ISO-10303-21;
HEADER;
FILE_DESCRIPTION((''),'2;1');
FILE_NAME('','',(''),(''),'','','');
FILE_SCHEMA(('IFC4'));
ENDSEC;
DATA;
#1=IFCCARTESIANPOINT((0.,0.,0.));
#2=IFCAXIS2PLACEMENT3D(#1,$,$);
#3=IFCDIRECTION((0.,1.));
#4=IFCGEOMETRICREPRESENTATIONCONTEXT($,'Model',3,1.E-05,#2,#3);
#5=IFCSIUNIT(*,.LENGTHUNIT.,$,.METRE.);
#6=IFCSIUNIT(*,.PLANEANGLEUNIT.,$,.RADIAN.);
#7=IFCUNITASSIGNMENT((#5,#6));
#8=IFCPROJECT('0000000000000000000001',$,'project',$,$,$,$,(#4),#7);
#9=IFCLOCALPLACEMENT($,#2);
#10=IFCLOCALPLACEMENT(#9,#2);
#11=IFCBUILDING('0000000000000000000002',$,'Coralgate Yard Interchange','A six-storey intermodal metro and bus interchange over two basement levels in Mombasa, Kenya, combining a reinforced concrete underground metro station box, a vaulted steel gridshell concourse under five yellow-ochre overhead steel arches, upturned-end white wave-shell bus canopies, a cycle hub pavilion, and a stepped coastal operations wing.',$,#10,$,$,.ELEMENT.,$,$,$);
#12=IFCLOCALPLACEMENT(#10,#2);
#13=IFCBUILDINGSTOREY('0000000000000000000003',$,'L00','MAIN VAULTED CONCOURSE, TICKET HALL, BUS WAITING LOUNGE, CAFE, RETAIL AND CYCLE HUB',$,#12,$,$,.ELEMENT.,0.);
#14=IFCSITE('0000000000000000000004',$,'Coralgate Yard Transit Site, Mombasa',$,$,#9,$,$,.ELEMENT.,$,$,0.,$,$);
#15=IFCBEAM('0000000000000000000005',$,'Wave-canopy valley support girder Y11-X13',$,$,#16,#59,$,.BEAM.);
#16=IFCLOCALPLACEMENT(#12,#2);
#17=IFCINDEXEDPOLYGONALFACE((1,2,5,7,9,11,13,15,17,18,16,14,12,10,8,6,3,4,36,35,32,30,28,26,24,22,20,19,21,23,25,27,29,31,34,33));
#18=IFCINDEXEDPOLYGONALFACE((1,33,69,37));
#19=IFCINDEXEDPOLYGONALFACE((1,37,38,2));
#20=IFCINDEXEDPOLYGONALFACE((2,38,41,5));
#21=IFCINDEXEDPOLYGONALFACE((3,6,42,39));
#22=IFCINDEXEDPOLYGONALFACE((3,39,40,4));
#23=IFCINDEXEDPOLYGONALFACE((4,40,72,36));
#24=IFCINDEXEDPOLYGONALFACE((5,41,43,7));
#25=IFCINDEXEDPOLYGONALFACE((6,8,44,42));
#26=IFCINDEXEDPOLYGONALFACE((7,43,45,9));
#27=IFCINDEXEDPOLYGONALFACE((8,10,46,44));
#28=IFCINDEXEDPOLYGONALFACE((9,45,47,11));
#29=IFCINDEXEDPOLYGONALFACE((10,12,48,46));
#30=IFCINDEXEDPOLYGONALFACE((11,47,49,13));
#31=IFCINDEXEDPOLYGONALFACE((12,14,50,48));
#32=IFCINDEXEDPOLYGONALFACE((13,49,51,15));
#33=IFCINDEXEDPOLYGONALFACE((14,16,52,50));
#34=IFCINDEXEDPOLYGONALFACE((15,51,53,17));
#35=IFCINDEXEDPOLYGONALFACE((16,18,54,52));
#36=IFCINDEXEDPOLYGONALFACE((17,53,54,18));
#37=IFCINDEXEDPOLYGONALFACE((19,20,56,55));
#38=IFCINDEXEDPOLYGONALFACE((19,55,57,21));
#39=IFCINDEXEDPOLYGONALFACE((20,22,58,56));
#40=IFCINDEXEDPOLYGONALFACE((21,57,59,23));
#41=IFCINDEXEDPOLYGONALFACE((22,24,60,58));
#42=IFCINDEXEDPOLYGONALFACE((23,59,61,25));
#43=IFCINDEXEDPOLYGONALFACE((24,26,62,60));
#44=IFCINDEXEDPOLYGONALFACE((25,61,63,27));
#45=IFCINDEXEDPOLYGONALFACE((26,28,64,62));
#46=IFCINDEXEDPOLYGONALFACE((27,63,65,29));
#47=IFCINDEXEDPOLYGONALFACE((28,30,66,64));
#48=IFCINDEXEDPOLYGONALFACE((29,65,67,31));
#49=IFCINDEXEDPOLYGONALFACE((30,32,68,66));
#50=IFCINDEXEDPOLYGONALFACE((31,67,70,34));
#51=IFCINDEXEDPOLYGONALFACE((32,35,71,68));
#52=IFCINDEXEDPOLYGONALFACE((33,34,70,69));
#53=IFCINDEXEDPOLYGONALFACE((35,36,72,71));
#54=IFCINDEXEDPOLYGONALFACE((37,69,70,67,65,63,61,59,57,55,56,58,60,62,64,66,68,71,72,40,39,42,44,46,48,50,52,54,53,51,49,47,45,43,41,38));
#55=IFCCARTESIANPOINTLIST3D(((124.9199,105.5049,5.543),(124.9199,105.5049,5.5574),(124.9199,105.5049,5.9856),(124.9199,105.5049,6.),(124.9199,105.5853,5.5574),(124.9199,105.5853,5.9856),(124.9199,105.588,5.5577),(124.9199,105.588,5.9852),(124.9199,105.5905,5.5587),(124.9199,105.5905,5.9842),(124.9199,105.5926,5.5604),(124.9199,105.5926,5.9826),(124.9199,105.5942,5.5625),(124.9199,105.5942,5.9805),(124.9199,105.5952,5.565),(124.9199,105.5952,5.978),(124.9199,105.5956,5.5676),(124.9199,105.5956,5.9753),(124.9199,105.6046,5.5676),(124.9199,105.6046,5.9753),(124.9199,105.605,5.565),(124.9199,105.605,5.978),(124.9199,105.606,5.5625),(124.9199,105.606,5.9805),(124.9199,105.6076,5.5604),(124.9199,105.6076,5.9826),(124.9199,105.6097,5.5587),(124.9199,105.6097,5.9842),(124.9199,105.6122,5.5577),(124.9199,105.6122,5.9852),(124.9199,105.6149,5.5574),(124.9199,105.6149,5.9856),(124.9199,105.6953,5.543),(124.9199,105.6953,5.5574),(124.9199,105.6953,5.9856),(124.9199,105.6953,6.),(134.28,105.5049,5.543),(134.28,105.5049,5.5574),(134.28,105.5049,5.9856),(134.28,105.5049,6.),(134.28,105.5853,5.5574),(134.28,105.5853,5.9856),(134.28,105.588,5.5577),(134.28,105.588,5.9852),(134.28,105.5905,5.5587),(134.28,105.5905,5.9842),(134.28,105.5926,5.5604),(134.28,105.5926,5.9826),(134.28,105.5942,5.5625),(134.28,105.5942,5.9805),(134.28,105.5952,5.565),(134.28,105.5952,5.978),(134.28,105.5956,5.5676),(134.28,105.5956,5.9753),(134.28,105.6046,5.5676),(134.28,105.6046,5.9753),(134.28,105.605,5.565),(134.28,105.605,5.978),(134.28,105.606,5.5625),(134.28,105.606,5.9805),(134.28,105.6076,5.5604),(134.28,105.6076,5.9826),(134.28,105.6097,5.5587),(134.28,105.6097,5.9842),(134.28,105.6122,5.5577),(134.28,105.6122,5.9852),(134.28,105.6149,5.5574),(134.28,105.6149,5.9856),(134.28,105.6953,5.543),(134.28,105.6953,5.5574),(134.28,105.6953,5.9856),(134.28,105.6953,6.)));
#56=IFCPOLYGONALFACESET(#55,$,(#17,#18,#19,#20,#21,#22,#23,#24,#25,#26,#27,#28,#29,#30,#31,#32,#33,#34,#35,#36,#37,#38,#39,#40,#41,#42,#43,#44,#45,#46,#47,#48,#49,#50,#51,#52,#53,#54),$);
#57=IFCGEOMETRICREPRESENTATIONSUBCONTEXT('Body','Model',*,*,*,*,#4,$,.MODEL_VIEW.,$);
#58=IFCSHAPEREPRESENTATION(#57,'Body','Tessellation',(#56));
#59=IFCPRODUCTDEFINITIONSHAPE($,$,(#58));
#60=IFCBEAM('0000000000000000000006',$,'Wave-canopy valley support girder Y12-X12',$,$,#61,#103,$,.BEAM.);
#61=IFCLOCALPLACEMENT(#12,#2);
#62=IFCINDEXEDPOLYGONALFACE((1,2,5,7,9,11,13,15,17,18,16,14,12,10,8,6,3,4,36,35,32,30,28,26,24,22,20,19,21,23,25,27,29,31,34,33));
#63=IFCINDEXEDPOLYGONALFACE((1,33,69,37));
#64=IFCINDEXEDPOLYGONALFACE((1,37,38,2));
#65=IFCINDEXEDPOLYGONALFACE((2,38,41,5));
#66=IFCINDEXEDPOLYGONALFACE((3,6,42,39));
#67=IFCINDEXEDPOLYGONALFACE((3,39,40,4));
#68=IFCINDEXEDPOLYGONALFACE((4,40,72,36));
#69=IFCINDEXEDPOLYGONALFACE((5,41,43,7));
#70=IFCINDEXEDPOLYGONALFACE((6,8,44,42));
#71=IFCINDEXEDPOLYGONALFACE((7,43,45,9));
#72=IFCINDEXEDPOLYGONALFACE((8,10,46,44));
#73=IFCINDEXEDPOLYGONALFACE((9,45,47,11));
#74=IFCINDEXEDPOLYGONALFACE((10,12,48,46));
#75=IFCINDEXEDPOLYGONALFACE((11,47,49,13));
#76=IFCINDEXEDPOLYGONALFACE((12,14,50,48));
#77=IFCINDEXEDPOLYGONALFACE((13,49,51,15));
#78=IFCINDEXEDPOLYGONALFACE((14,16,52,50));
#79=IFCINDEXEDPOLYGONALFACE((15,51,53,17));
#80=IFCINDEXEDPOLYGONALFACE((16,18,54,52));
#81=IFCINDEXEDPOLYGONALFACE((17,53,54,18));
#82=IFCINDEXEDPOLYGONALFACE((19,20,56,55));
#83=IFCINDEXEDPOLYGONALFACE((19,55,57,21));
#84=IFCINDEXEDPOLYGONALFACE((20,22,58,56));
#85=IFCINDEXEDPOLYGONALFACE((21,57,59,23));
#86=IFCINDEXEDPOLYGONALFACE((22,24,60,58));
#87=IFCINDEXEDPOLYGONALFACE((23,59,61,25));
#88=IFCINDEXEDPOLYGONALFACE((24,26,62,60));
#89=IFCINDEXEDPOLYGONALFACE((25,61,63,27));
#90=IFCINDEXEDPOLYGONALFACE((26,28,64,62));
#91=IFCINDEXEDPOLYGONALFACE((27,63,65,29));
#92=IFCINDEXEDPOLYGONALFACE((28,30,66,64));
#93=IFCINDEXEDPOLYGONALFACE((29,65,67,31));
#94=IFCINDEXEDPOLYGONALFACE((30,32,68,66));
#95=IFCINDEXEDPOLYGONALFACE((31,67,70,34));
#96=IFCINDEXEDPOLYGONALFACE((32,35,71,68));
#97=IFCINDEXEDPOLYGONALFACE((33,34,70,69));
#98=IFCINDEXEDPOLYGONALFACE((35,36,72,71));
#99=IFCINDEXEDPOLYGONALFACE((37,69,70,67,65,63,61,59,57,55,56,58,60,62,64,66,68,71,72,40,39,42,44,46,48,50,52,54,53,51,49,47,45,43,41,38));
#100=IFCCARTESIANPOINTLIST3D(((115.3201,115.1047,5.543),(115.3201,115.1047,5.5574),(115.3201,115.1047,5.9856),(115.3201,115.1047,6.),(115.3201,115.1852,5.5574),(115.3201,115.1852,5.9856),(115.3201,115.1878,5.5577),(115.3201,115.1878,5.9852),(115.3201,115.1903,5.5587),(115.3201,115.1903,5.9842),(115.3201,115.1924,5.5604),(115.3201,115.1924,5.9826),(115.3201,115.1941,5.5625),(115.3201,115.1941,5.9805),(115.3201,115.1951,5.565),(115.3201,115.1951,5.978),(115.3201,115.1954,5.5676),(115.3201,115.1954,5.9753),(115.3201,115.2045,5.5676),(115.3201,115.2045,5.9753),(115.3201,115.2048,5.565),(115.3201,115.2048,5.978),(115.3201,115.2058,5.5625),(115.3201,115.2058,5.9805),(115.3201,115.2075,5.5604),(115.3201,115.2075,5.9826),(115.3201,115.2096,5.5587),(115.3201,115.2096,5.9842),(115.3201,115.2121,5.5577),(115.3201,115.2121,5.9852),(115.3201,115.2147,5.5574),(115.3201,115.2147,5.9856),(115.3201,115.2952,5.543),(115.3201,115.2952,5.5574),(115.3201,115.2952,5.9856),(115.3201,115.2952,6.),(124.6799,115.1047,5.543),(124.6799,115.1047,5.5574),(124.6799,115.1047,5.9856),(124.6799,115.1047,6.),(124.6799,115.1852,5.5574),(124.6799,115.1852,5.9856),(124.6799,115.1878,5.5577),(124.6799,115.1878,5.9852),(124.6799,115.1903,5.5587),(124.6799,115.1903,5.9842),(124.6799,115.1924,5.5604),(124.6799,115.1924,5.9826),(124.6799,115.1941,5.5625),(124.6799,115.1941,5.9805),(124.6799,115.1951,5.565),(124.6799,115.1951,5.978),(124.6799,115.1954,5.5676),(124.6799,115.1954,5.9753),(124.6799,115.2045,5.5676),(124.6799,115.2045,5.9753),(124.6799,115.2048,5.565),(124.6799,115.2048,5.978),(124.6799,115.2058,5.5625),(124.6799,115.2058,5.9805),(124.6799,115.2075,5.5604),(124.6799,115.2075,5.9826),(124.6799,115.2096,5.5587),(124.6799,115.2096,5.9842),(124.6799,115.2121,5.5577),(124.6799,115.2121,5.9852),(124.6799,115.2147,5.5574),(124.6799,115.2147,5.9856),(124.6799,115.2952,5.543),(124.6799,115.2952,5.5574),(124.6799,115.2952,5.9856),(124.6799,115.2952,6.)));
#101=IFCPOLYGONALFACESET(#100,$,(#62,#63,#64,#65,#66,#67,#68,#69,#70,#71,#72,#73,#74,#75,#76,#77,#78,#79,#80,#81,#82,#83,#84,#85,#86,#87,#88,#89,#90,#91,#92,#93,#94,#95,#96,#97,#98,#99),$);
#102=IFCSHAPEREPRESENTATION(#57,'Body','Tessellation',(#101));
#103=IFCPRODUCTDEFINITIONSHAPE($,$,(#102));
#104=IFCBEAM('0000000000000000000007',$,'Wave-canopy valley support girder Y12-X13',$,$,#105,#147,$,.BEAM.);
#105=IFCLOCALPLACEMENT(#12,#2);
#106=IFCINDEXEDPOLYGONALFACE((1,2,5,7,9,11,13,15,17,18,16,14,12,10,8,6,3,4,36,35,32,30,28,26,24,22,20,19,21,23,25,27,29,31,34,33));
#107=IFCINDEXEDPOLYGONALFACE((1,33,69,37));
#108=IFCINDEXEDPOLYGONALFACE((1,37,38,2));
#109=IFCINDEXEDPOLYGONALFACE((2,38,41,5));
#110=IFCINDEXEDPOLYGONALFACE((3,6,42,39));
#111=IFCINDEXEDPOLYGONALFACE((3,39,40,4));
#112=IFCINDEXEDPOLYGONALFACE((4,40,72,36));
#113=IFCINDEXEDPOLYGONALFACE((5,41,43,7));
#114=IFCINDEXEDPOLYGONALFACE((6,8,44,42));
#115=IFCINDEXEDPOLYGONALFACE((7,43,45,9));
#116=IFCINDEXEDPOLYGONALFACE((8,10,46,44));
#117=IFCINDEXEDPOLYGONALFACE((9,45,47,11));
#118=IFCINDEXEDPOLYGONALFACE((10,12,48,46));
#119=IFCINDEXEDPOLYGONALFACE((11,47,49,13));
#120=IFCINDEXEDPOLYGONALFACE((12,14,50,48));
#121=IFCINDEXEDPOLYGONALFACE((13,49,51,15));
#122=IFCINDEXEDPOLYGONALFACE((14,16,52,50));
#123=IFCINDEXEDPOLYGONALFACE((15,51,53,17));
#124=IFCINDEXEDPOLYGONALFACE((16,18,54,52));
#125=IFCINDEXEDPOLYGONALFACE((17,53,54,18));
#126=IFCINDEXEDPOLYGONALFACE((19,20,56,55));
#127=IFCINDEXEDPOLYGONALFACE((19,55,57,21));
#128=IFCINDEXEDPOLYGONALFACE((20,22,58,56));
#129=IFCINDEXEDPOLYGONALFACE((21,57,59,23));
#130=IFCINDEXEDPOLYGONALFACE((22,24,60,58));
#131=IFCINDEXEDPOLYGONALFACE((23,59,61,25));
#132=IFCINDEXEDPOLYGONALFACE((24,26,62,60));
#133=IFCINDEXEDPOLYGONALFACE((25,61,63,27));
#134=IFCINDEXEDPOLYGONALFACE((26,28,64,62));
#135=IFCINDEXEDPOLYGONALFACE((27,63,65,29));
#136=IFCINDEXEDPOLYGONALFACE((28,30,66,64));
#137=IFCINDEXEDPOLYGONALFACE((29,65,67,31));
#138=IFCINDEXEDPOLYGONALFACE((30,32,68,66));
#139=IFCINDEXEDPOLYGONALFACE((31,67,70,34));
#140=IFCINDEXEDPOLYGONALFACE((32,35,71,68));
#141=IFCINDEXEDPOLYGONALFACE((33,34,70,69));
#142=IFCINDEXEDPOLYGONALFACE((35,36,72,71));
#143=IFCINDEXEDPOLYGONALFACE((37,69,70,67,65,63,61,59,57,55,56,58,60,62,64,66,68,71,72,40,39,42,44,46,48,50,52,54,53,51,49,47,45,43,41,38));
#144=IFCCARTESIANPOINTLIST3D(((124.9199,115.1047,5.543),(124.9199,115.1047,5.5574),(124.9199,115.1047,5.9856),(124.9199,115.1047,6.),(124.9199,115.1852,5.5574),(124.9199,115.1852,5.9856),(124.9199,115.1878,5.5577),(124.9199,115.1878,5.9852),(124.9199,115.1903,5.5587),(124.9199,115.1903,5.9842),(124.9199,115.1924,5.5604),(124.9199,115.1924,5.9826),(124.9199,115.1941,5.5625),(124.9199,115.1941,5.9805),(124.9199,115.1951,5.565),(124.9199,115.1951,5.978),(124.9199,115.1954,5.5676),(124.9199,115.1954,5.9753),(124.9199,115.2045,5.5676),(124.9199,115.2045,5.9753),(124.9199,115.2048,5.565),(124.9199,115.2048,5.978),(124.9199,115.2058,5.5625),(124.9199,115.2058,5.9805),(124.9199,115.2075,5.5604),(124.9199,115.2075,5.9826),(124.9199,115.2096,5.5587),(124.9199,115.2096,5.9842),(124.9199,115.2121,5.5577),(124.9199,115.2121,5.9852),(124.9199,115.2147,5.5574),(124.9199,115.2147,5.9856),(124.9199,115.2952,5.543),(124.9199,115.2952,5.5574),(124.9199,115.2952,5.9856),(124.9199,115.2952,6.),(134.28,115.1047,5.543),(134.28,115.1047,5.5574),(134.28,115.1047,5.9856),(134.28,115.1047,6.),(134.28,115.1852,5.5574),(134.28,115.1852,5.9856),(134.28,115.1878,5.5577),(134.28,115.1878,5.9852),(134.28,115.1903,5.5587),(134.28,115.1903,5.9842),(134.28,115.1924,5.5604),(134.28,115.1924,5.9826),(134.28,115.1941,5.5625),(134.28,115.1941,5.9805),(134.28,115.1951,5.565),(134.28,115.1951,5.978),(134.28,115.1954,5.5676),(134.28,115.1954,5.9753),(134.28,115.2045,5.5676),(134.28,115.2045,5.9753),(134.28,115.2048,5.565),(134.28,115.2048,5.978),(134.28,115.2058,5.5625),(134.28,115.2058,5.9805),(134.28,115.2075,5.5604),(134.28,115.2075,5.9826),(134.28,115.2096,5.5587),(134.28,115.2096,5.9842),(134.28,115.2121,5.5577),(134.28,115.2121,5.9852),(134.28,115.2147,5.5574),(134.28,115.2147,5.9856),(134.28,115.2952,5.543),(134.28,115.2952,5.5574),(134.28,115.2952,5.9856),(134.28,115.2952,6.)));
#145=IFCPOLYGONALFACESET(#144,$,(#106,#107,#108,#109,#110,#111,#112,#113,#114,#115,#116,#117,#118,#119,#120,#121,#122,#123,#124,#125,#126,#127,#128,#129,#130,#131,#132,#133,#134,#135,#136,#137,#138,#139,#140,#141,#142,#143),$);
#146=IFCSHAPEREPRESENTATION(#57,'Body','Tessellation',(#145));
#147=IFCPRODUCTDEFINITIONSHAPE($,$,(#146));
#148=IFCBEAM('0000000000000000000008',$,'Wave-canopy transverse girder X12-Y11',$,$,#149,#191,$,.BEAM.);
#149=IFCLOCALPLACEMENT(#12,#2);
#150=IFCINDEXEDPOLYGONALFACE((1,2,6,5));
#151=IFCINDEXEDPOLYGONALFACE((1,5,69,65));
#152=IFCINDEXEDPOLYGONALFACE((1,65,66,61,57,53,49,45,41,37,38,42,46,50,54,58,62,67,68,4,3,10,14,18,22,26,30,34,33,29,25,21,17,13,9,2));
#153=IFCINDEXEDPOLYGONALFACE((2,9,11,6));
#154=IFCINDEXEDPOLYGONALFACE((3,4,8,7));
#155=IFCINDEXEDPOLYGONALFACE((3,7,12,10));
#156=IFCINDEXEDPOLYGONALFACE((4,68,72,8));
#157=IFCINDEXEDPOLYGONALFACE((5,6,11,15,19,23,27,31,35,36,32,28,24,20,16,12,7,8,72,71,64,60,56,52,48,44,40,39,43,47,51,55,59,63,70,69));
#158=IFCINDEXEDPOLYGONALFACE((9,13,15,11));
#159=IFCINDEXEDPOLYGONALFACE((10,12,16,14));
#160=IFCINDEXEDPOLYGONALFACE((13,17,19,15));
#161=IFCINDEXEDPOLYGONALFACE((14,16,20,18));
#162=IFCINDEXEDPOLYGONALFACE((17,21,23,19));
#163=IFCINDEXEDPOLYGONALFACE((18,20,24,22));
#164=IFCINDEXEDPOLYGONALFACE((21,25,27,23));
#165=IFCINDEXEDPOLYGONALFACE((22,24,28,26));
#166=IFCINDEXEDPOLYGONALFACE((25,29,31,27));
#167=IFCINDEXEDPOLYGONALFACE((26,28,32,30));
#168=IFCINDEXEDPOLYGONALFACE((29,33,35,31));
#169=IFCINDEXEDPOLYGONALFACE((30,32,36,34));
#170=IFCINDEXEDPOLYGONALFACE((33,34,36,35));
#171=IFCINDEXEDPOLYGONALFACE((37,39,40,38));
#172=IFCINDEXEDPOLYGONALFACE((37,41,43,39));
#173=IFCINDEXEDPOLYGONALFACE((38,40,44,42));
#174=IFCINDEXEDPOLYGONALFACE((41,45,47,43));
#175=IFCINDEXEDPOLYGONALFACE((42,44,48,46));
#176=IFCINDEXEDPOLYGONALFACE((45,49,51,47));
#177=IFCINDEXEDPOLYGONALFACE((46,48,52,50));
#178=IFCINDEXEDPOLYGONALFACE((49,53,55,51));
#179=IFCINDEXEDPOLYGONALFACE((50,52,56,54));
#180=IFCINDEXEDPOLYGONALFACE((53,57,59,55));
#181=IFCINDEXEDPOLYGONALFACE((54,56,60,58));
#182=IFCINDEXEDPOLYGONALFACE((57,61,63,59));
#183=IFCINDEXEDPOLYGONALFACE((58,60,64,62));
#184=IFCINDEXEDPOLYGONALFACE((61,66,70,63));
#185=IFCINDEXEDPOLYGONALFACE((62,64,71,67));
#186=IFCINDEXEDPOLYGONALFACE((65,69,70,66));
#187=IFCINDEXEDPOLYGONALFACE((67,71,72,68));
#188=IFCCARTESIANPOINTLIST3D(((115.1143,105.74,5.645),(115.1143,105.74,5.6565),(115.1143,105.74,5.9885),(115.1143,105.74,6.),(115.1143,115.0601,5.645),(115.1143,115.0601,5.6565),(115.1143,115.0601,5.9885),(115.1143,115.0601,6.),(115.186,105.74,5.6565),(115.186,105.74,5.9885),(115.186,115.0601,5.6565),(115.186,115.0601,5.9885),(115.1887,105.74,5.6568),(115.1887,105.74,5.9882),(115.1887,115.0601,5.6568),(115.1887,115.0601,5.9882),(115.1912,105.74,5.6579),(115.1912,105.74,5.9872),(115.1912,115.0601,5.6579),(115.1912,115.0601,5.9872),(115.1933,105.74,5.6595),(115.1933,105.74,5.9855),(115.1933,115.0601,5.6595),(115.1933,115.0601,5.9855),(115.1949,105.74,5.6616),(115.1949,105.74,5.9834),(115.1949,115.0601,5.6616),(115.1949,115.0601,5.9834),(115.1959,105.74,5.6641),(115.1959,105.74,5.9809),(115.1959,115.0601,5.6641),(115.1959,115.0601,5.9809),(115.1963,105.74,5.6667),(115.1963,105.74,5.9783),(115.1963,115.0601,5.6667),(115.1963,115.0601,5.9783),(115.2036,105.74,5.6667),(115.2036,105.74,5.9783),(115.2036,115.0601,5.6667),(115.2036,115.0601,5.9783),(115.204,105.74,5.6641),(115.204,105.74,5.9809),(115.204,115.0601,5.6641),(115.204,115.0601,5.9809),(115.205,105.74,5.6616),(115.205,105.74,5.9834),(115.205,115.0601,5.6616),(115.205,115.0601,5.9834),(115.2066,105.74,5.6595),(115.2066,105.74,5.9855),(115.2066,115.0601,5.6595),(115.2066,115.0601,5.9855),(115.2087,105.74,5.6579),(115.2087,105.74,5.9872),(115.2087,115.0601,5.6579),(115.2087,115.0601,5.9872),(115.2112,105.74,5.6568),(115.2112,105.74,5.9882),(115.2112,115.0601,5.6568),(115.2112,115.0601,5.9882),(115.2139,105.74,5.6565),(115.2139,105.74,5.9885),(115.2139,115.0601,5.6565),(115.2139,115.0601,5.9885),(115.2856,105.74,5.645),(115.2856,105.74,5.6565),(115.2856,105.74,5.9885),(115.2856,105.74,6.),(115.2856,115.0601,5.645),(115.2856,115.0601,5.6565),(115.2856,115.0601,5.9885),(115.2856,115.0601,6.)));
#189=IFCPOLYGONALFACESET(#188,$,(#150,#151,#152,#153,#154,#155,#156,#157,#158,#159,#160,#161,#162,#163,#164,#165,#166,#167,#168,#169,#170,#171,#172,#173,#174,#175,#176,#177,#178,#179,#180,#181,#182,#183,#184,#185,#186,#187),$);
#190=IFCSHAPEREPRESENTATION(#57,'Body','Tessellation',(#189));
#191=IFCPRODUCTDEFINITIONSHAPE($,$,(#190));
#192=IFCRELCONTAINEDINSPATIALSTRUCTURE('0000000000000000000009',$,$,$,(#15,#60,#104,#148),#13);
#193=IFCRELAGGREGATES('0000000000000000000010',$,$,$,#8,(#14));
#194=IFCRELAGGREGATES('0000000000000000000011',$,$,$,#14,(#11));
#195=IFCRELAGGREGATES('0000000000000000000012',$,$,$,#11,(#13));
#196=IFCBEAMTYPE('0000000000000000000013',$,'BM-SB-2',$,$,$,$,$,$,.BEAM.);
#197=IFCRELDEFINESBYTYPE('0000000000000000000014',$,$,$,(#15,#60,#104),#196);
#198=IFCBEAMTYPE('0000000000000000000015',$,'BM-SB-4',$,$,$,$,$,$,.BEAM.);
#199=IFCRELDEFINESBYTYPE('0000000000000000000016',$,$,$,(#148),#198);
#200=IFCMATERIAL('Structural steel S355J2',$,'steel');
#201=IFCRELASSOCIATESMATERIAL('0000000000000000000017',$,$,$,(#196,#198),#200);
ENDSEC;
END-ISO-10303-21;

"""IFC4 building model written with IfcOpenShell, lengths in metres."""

from ifc_helpers import new_model, si_unit, direction, frame, origin, origin_2d, place, context, subcontext, project, spatial, i_section, extrude, material, material_profile, profile_set, type_object, element, save


model = new_model("IFC4")

# Units and contexts
model_context = context("Model", 3, precision=1e-05, world=origin(), true_north=direction((0.0, 1.0)))
body_context = subcontext(model_context, "Body", "Model", "MODEL_VIEW")
ifc_project = project(units=[si_unit("LENGTHUNIT", "METRE"), si_unit("PLANEANGLEUNIT", "RADIAN")], contexts=[model_context])

# Site, building, storey
site_placement = place(None, origin())
site = spatial("IfcSite", under=ifc_project, at=site_placement, Name="Coralgate Yard Transit Site, Mombasa", CompositionType="ELEMENT", RefElevation=0.0)
building_placement = place(site_placement, origin())
building = spatial("IfcBuilding", under=site, at=building_placement, Name="Coralgate Yard Interchange", Description="A six-storey intermodal metro and bus interchange over two basement levels in Mombasa, Kenya, combining a reinforced concrete underground metro station box, a vaulted steel gridshell concourse under five yellow-ochre overhead steel arches, upturned-end white wave-shell bus canopies, a cycle hub pavilion, and a stepped coastal operations wing.", CompositionType="ELEMENT")
storey_placement = place(building_placement, origin())
storey = spatial("IfcBuildingStorey", under=building, at=storey_placement, Name="L00", Description="MAIN VAULTED CONCOURSE, TICKET HALL, BUS WAITING LOUNGE, CAFE, RETAIL AND CYCLE HUB", CompositionType="ELEMENT", Elevation=0.0)

# Shared definitions
ifc_material_1 = material(Name="Structural steel S355J2", Category="steel")

# Beams
ifc_material_profile_1 = material_profile(ifc_material_1, i_section(OverallWidth=0.1904, OverallDepth=0.457, WebThickness=0.009, FlangeThickness=0.0144, FilletRadius=0.0103, at=origin_2d()), Name="UB 457x191x74")
ifc_profile_set_1 = profile_set([ifc_material_profile_1], Name="Structural steel S355J2")
beam_type_1 = type_object("IfcBeamType", Name="BM-SB-2", PredefinedType="BEAM", material=ifc_profile_set_1)
beam_1_placement = place(storey_placement, frame((124.9199, 105.6001, 5.7715), z_axis=(1.0, 0.0, 0.0), x_axis=(0.0, 1.0, 0.0)))
element("IfcBeam", 1, at=beam_1_placement, inside=storey, type_object=beam_type_1, Name="Wave-canopy valley support girder Y11-X13", PredefinedType="BEAM", context=body_context, shape_type="SweptSolid", body=[
    extrude(i_section(OverallWidth=0.1904, OverallDepth=0.457, WebThickness=0.009, FlangeThickness=0.0144, FilletRadius=0.0103, at=origin_2d()), origin(), (0.0, 0.0, 1.0), 9.3601),
])
beam_2_placement = place(storey_placement, frame((115.3201, 115.2, 5.7715), z_axis=(1.0, 0.0, 0.0), x_axis=(0.0, 1.0, 0.0)))
element("IfcBeam", 2, at=beam_2_placement, inside=storey, type_object=beam_type_1, Name="Wave-canopy valley support girder Y12-X12", PredefinedType="BEAM", context=body_context, shape_type="SweptSolid", body=[
    extrude(i_section(OverallWidth=0.1904, OverallDepth=0.457, WebThickness=0.009, FlangeThickness=0.0144, FilletRadius=0.0103, at=origin_2d()), origin(), (0.0, 0.0, 1.0), 9.3599),
])
beam_3_placement = place(storey_placement, frame((124.9199, 115.2, 5.7715), z_axis=(1.0, 0.0, 0.0), x_axis=(0.0, 1.0, 0.0)))
element("IfcBeam", 3, at=beam_3_placement, inside=storey, type_object=beam_type_1, Name="Wave-canopy valley support girder Y12-X13", PredefinedType="BEAM", context=body_context, shape_type="SweptSolid", body=[
    extrude(i_section(OverallWidth=0.1904, OverallDepth=0.457, WebThickness=0.009, FlangeThickness=0.0144, FilletRadius=0.0103, at=origin_2d()), origin(), (0.0, 0.0, 1.0), 9.3601),
])
ifc_material_profile_2 = material_profile(ifc_material_1, i_section(OverallWidth=0.1714, OverallDepth=0.355, WebThickness=0.0073, FlangeThickness=0.0115, FilletRadius=0.0103, at=origin_2d()), Name="UB 356x171x51")
ifc_profile_set_2 = profile_set([ifc_material_profile_2], Name="Structural steel S355J2")
beam_type_2 = type_object("IfcBeamType", Name="BM-SB-4", PredefinedType="BEAM", material=ifc_profile_set_2)
for number, where, z_axis, x_axis, name in (
    (4, (115.2, 105.74, 5.8225), (0.0, 1.0, 0.0), (-1.0, 0.0, 0.0), "Wave-canopy transverse girder X12-Y11"),
):
    element("IfcBeam", number, at=place(storey_placement, frame(where, z_axis=z_axis, x_axis=x_axis)), inside=storey, type_object=beam_type_2, Name=name, PredefinedType="BEAM", context=body_context, shape_type="SweptSolid", body=[
        extrude(i_section(OverallWidth=0.1714, OverallDepth=0.355, WebThickness=0.0073, FlangeThickness=0.0115, FilletRadius=0.0103, at=origin_2d()), origin(), (0.0, 0.0, 1.0), 9.3201),
    ])

save(model, "model.ifc")
